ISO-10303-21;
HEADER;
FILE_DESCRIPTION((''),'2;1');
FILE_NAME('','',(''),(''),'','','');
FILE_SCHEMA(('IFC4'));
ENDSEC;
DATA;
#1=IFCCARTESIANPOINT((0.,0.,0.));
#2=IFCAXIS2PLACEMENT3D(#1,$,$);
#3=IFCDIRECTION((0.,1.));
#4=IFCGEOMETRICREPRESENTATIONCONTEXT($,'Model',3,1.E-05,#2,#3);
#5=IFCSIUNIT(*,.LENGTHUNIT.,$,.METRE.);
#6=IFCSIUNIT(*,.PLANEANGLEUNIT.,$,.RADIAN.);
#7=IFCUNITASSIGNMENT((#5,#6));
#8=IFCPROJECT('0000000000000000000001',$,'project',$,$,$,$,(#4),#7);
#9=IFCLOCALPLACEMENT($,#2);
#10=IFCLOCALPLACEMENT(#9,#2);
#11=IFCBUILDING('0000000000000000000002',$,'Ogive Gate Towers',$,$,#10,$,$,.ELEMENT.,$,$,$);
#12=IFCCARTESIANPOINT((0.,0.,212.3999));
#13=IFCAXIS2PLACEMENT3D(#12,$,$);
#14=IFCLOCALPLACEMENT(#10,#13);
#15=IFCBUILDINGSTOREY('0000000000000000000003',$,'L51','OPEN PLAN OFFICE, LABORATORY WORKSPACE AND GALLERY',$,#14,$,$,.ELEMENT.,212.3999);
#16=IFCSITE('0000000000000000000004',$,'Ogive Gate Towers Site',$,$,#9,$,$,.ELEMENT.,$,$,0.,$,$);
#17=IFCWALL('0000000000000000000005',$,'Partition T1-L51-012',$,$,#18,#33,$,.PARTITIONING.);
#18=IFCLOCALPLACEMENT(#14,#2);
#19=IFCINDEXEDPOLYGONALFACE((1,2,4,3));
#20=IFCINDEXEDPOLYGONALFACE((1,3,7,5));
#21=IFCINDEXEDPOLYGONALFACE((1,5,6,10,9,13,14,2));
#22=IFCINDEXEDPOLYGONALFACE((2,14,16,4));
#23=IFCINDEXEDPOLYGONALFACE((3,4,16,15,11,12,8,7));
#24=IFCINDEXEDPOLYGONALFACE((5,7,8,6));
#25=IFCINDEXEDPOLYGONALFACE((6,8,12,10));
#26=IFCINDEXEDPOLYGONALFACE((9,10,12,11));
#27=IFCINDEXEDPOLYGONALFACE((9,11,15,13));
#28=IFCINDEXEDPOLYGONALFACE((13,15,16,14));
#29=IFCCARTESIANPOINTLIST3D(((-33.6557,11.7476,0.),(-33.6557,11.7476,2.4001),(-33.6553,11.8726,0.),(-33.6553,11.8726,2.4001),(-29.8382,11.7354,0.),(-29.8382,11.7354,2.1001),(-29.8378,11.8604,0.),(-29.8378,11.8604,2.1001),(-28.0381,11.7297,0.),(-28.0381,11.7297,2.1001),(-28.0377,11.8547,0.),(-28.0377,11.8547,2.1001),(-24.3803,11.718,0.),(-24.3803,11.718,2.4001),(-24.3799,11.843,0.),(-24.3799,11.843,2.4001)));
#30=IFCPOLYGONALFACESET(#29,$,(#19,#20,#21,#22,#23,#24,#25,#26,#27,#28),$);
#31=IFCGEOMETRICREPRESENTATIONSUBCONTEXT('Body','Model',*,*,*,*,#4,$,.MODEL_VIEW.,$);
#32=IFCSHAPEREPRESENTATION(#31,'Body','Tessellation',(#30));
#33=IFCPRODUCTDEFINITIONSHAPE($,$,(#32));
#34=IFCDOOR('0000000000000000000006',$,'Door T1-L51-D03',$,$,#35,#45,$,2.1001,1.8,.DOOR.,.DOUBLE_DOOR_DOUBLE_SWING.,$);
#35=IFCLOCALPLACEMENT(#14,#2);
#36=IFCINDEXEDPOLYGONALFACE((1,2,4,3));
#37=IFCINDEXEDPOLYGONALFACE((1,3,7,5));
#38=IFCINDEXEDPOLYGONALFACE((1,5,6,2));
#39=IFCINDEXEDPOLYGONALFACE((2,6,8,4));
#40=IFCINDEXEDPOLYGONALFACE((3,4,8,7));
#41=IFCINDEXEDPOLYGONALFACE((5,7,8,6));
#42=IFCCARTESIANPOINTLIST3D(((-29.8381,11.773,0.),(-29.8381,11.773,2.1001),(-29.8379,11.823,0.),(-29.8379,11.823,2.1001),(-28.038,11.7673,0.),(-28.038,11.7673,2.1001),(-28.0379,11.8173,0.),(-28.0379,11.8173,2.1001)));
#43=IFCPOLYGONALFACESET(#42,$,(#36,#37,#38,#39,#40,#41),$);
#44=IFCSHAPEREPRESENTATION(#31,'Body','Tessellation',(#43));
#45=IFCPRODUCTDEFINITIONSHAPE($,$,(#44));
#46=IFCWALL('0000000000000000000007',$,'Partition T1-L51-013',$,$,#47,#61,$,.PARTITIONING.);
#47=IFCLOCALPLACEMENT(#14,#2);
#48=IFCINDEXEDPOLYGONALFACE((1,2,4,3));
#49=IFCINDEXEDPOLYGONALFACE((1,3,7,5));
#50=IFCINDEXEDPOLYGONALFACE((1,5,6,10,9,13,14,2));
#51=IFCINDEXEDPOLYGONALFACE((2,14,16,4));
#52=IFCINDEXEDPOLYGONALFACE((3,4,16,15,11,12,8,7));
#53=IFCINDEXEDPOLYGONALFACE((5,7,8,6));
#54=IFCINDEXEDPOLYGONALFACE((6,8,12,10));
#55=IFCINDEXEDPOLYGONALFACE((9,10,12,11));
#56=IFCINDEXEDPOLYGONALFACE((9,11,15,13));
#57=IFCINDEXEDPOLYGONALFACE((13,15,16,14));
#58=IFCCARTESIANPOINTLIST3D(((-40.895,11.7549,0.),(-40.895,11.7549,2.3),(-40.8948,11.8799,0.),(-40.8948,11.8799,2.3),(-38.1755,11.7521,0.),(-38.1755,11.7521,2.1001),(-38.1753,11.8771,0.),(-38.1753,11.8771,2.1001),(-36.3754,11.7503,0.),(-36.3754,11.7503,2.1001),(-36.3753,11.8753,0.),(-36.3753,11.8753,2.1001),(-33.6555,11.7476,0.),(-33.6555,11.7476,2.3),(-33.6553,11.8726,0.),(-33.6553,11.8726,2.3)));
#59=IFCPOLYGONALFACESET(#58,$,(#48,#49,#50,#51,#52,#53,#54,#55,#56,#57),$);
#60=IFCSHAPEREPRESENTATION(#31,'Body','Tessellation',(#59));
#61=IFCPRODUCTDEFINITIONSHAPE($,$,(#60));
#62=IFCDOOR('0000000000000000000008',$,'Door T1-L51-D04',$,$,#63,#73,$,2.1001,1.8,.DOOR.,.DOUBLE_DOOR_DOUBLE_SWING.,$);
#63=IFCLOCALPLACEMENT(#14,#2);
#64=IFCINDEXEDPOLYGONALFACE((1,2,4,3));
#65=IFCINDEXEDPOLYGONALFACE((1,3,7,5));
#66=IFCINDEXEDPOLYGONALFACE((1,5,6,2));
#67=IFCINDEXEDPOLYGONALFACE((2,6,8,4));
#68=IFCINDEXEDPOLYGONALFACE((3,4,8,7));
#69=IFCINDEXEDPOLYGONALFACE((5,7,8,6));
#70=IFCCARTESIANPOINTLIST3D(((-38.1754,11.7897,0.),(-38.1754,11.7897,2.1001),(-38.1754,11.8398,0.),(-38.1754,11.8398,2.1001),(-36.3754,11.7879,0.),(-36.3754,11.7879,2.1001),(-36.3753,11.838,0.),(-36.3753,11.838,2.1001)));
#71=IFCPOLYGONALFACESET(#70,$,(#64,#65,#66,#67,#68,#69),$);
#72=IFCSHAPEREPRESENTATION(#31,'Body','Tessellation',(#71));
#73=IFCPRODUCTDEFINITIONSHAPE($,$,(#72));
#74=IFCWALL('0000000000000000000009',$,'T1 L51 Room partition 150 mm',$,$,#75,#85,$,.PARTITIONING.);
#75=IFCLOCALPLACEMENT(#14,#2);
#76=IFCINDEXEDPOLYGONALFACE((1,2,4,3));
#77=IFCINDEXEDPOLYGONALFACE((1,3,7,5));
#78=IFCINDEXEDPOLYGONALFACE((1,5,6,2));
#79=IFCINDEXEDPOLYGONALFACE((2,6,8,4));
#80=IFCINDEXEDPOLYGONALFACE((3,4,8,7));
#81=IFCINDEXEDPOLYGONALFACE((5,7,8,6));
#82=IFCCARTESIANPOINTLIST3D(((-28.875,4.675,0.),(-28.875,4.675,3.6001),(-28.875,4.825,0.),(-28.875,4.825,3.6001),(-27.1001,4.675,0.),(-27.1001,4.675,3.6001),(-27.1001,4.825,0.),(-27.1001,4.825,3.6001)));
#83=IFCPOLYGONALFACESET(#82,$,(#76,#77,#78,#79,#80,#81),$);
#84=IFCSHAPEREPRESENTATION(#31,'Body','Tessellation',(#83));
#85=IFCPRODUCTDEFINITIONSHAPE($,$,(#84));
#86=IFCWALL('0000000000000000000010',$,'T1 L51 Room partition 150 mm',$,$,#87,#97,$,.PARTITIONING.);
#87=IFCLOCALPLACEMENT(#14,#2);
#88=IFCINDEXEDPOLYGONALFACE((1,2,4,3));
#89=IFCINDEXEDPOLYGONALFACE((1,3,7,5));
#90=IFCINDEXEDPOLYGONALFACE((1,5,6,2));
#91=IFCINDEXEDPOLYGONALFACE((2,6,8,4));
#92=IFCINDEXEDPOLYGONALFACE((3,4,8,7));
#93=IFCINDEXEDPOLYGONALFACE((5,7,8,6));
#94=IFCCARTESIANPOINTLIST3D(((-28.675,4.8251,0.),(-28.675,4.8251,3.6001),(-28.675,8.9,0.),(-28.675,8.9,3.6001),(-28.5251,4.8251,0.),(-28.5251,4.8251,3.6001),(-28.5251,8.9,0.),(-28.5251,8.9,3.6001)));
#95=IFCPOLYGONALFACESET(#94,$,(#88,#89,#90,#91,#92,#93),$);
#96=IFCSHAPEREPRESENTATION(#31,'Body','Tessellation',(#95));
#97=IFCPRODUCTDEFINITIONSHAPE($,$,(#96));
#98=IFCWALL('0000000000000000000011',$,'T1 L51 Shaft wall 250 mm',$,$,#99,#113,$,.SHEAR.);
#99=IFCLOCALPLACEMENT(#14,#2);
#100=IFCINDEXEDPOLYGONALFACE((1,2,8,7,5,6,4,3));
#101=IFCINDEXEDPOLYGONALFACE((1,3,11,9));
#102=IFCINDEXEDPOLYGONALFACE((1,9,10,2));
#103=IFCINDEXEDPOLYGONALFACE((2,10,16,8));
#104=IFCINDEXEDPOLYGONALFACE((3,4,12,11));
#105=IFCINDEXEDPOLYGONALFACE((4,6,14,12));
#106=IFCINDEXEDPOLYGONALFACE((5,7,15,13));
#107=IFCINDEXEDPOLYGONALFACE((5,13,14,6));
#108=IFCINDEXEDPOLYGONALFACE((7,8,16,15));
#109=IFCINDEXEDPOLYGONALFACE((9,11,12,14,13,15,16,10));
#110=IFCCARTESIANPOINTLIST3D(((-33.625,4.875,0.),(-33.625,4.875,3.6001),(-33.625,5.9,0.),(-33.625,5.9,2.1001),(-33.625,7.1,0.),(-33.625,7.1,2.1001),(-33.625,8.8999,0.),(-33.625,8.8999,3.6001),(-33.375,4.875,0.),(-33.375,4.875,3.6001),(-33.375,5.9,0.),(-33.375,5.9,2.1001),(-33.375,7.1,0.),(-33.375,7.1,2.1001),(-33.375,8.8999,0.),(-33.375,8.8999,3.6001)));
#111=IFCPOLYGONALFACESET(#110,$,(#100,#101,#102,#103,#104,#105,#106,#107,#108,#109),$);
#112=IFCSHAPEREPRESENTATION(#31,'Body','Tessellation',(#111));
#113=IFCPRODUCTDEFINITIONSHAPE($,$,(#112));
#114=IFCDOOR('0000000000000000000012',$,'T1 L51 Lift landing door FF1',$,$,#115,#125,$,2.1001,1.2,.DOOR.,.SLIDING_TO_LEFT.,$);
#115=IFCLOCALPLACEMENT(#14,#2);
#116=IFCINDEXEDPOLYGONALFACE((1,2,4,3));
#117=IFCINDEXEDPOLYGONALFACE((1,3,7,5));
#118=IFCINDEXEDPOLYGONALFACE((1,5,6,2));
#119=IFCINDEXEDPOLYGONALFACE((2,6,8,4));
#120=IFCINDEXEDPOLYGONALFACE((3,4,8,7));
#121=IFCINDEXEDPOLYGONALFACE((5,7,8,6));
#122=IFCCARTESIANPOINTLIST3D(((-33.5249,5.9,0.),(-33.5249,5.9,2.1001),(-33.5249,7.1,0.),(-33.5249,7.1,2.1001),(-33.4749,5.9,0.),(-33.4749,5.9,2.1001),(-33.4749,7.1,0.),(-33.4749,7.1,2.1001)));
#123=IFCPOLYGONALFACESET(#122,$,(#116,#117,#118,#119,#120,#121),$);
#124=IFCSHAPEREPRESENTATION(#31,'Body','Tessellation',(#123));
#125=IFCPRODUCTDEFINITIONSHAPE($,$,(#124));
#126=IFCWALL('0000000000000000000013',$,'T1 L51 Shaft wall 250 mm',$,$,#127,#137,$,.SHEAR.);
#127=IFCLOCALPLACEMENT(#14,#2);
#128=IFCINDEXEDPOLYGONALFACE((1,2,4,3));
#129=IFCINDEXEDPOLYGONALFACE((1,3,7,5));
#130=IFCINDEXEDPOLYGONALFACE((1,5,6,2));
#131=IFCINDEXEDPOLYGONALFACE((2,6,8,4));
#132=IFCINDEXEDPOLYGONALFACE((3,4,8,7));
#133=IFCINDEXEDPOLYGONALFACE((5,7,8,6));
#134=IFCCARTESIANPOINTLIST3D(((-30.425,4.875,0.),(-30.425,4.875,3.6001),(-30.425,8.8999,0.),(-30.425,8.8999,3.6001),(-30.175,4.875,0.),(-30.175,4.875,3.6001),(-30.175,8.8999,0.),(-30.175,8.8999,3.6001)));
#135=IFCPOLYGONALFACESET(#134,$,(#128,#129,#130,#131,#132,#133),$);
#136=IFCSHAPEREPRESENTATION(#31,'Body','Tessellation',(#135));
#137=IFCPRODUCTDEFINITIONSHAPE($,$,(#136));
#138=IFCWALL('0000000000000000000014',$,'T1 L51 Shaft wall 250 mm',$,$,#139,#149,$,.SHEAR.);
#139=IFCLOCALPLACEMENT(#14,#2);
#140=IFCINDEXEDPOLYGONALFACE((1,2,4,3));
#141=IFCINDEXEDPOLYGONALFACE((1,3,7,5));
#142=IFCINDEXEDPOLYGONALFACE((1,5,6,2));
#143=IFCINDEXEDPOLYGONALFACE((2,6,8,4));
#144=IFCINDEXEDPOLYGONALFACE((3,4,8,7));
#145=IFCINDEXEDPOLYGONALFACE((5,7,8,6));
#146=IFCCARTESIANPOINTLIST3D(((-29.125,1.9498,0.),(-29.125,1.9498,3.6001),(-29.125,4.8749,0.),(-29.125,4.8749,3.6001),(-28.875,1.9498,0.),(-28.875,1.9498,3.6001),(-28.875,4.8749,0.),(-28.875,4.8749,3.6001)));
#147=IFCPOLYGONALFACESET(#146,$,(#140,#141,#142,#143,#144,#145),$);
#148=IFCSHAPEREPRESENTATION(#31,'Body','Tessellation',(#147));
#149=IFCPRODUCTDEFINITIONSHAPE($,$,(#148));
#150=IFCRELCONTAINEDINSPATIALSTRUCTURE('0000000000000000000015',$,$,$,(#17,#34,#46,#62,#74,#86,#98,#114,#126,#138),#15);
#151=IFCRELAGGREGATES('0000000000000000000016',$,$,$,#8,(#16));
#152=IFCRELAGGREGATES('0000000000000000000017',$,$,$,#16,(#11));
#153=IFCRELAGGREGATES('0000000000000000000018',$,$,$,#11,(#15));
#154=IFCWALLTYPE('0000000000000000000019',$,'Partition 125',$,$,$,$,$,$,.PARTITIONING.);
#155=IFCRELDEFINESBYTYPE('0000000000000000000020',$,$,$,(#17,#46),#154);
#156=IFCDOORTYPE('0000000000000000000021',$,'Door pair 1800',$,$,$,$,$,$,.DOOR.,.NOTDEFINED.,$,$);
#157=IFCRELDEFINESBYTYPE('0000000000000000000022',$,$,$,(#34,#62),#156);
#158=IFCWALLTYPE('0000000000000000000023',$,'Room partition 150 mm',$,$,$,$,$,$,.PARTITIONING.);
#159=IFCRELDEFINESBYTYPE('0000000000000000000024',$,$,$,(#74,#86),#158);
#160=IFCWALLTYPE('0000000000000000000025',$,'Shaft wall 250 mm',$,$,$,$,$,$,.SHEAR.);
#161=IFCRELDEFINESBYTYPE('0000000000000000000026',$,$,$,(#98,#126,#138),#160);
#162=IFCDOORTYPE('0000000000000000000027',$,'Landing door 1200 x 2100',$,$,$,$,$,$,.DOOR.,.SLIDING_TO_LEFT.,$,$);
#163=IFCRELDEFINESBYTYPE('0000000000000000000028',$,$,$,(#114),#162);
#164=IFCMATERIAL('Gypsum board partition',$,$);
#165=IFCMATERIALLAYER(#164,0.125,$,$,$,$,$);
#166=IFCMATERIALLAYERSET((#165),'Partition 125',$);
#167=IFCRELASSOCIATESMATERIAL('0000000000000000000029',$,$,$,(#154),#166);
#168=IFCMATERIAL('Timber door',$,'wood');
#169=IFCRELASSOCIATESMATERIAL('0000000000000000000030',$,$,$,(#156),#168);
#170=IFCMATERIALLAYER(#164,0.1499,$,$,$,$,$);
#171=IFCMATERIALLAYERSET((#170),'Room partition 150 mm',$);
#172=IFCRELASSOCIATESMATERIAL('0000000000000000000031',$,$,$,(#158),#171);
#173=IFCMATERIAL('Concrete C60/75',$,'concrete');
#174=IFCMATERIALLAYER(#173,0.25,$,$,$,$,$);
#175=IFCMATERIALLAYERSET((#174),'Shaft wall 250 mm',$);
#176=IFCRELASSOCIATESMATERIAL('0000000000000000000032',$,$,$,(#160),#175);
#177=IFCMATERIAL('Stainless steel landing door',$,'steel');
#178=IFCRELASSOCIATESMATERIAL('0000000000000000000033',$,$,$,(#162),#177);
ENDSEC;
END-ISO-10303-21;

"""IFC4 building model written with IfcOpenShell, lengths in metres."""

from ifc_helpers import new_model, si_unit, direction, frame, frame_2d, origin, place, context, subcontext, project, spatial, rectangle, extrude, material, layer, layer_set, type_object, element, fill, save


model = new_model("IFC4")

# Units and contexts
model_context = context("Model", 3, precision=1e-05, world=origin(), true_north=direction((0.0, 1.0)))
body_context = subcontext(model_context, "Body", "Model", "MODEL_VIEW")
ifc_project = project(units=[si_unit("LENGTHUNIT", "METRE"), si_unit("PLANEANGLEUNIT", "RADIAN")], contexts=[model_context])

# Site, building, storey
site_placement = place(None, origin())
site = spatial("IfcSite", under=ifc_project, at=site_placement, Name="Ogive Gate Towers Site", CompositionType="ELEMENT", RefElevation=0.0)
building_placement = place(site_placement, origin())
building = spatial("IfcBuilding", under=site, at=building_placement, Name="Ogive Gate Towers", CompositionType="ELEMENT")
storey_placement = place(building_placement, frame((0.0, 0.0, 212.3999)))
storey = spatial("IfcBuildingStorey", under=building, at=storey_placement, Name="L51", Description="OPEN PLAN OFFICE, LABORATORY WORKSPACE AND GALLERY", CompositionType="ELEMENT", Elevation=212.3999)

# Shared definitions
ifc_material_1 = material(Name="Gypsum board partition")
ifc_layer_1 = layer(ifc_material_1, 0.125)
ifc_layer_set_1 = layer_set([ifc_layer_1], Name="Partition 125")
wall_type_1 = type_object("IfcWallType", Name="Partition 125", PredefinedType="PARTITIONING", material=ifc_layer_set_1)

# Walls, openings, doors
ifc_material_2 = material(Name="Timber door", Category="wood")
door_type_1 = type_object("IfcDoorType", Name="Door pair 1800", OperationType="NOTDEFINED", PredefinedType="DOOR", material=ifc_material_2)
wall_1_placement = place(storey_placement, frame((-24.3801, 11.7805, 0.0), z_axis=(0.0, 0.0, 1.0), x_axis=(-0.999995, 0.003185, 0.0)))
wall_1 = element("IfcWall", 1, at=wall_1_placement, inside=storey, type_object=wall_type_1, Name="Partition T1-L51-012", PredefinedType="PARTITIONING", context=body_context, shape_type="SweptSolid", body=[
    extrude(rectangle(XDim=9.2754, YDim=0.125, at=frame_2d((4.6377, 0.0))), origin(), (0.0, 0.0, 1.0), 2.4001),
])
opening_1_placement = place(wall_1_placement, frame((3.658, 0.0, 0.0)))
opening_1 = element("IfcOpeningElement", 2, at=opening_1_placement, cuts=wall_1, PredefinedType="OPENING", context=body_context, shape_type="SweptSolid", body=[
    extrude(rectangle(XDim=1.8, YDim=2.1001, at=frame_2d((0.8999, 1.05))), frame((0.0, 0.0725, 0.0), z_axis=(0.0, -1.0, 0.0), x_axis=(1.0, 0.0, 0.0)), (0.0, 0.0, 1.0), 0.145),
])
door_1_placement = place(opening_1_placement, origin())
door_1 = element("IfcDoor", 3, at=door_1_placement, inside=storey, type_object=door_type_1, Name="Door T1-L51-D03", OperationType="DOUBLE_DOOR_DOUBLE_SWING", OverallHeight=2.1001, OverallWidth=1.8, PredefinedType="DOOR", context=body_context, shape_type="SweptSolid", body=[
    extrude(rectangle(XDim=1.8, YDim=2.1001, at=frame_2d((0.8999, 1.05))), frame((0.0, 0.0249, 0.0), z_axis=(0.0, -1.0, 0.0), x_axis=(1.0, 0.0, 0.0)), (0.0, 0.0, 1.0), 0.05),
])
fill(opening_1, door_1)
wall_2_placement = place(storey_placement, frame((-33.6555, 11.8101, 0.0), z_axis=(0.0, 0.0, 1.0), x_axis=(-0.999999, 0.001012, 0.0)))
wall_2 = element("IfcWall", 4, at=wall_2_placement, inside=storey, type_object=wall_type_1, Name="Partition T1-L51-013", PredefinedType="PARTITIONING", context=body_context, shape_type="SweptSolid", body=[
    extrude(rectangle(XDim=7.2395, YDim=0.125, at=frame_2d((3.6196, 0.0))), origin(), (0.0, 0.0, 1.0), 2.3),
])
opening_2_placement = place(wall_2_placement, frame((2.72, 0.0, 0.0)))
opening_2 = element("IfcOpeningElement", 5, at=opening_2_placement, cuts=wall_2, PredefinedType="OPENING", context=body_context, shape_type="SweptSolid", body=[
    extrude(rectangle(XDim=1.8, YDim=2.1001, at=frame_2d((0.8999, 1.05))), frame((0.0, 0.0725, 0.0), z_axis=(0.0, -1.0, 0.0), x_axis=(1.0, 0.0, 0.0)), (0.0, 0.0, 1.0), 0.145),
])
door_2_placement = place(opening_2_placement, origin())
door_2 = element("IfcDoor", 6, at=door_2_placement, inside=storey, type_object=door_type_1, Name="Door T1-L51-D04", OperationType="DOUBLE_DOOR_DOUBLE_SWING", OverallHeight=2.1001, OverallWidth=1.8, PredefinedType="DOOR", context=body_context, shape_type="SweptSolid", body=[
    extrude(rectangle(XDim=1.8, YDim=2.1001, at=frame_2d((0.8999, 1.05))), frame((0.0, 0.0249, 0.0), z_axis=(0.0, -1.0, 0.0), x_axis=(1.0, 0.0, 0.0)), (0.0, 0.0, 1.0), 0.05),
])
fill(opening_2, door_2)

# Walls
ifc_layer_2 = layer(ifc_material_1, 0.1499)
ifc_layer_set_2 = layer_set([ifc_layer_2], Name="Room partition 150 mm")
wall_type_2 = type_object("IfcWallType", Name="Room partition 150 mm", PredefinedType="PARTITIONING", material=ifc_layer_set_2)
wall_3_placement = place(storey_placement, frame((-28.875, 4.75, 0.0), z_axis=(0.0, 0.0, 1.0), x_axis=(1.0, 0.0, 0.0)))
element("IfcWall", 7, at=wall_3_placement, inside=storey, type_object=wall_type_2, Name="T1 L51 Room partition 150 mm", PredefinedType="PARTITIONING", context=body_context, shape_type="SweptSolid", body=[
    extrude(rectangle(XDim=1.7749, YDim=0.1499, at=frame_2d((0.8875, 0.0))), origin(), (0.0, 0.0, 1.0), 3.6001),
])
wall_4_placement = place(storey_placement, frame((-28.6001, 4.825, 0.0), z_axis=(0.0, 0.0, 1.0), x_axis=(0.0, 1.0, 0.0)))
element("IfcWall", 8, at=wall_4_placement, inside=storey, type_object=wall_type_2, Name="T1 L51 Room partition 150 mm", PredefinedType="PARTITIONING", context=body_context, shape_type="SweptSolid", body=[
    extrude(rectangle(XDim=4.075, YDim=0.1499, at=frame_2d((2.0376, 0.0))), origin(), (0.0, 0.0, 1.0), 3.6001),
])

# Wall, opening, door
ifc_material_3 = material(Name="Concrete C60/75", Category="concrete")
ifc_layer_3 = layer(ifc_material_3, 0.25)
ifc_layer_set_3 = layer_set([ifc_layer_3], Name="Shaft wall 250 mm")
wall_type_3 = type_object("IfcWallType", Name="Shaft wall 250 mm", PredefinedType="SHEAR", material=ifc_layer_set_3)
wall_5_placement = place(storey_placement, frame((-33.5, 4.875, 0.0), z_axis=(0.0, 0.0, 1.0), x_axis=(0.0, 1.0, 0.0)))
wall_5 = element("IfcWall", 9, at=wall_5_placement, inside=storey, type_object=wall_type_3, Name="T1 L51 Shaft wall 250 mm", PredefinedType="SHEAR", context=body_context, shape_type="SweptSolid", body=[
    extrude(rectangle(XDim=4.0249, YDim=0.25, at=frame_2d((2.0125, 0.0))), origin(), (0.0, 0.0, 1.0), 3.6001),
])
opening_3_placement = place(wall_5_placement, frame((1.0249, 0.0, 0.0)))
opening_3 = element("IfcOpeningElement", 10, at=opening_3_placement, cuts=wall_5, PredefinedType="OPENING", context=body_context, shape_type="SweptSolid", body=[
    extrude(rectangle(XDim=1.2, YDim=2.1001, at=frame_2d((0.6001, 1.05))), frame((0.0, 0.135, 0.0), z_axis=(0.0, -1.0, 0.0), x_axis=(1.0, 0.0, 0.0)), (0.0, 0.0, 1.0), 0.27),
])
ifc_material_4 = material(Name="Stainless steel landing door", Category="steel")
door_type_2 = type_object("IfcDoorType", Name="Landing door 1200 x 2100", OperationType="SLIDING_TO_LEFT", PredefinedType="DOOR", material=ifc_material_4)
door_3_placement = place(opening_3_placement, origin())
door_3 = element("IfcDoor", 11, at=door_3_placement, inside=storey, type_object=door_type_2, Name="T1 L51 Lift landing door FF1", OperationType="SLIDING_TO_LEFT", OverallHeight=2.1001, OverallWidth=1.2, PredefinedType="DOOR", context=body_context, shape_type="SweptSolid", body=[
    extrude(rectangle(XDim=1.2, YDim=2.1001, at=frame_2d((0.6001, 1.05))), frame((0.0, 0.0249, 0.0), z_axis=(0.0, -1.0, 0.0), x_axis=(1.0, 0.0, 0.0)), (0.0, 0.0, 1.0), 0.05),
])
fill(opening_3, door_3)

# Walls
wall_6_placement = place(storey_placement, frame((-30.3, 4.875, 0.0), z_axis=(0.0, 0.0, 1.0), x_axis=(0.0, 1.0, 0.0)))
element("IfcWall", 12, at=wall_6_placement, inside=storey, type_object=wall_type_3, Name="T1 L51 Shaft wall 250 mm", PredefinedType="SHEAR", context=body_context, shape_type="SweptSolid", body=[
    extrude(rectangle(XDim=4.0249, YDim=0.25, at=frame_2d((2.0125, 0.0))), origin(), (0.0, 0.0, 1.0), 3.6001),
])
wall_7_placement = place(storey_placement, frame((-29.0, 1.95, 0.0), z_axis=(0.0, 0.0, 1.0), x_axis=(0.0, 1.0, 0.0)))
element("IfcWall", 13, at=wall_7_placement, inside=storey, type_object=wall_type_3, Name="T1 L51 Shaft wall 250 mm", PredefinedType="SHEAR", context=body_context, shape_type="SweptSolid", body=[
    extrude(rectangle(XDim=2.925, YDim=0.25, at=frame_2d((1.4624, 0.0))), origin(), (0.0, 0.0, 1.0), 3.6001),
])

save(model, "model.ifc")
